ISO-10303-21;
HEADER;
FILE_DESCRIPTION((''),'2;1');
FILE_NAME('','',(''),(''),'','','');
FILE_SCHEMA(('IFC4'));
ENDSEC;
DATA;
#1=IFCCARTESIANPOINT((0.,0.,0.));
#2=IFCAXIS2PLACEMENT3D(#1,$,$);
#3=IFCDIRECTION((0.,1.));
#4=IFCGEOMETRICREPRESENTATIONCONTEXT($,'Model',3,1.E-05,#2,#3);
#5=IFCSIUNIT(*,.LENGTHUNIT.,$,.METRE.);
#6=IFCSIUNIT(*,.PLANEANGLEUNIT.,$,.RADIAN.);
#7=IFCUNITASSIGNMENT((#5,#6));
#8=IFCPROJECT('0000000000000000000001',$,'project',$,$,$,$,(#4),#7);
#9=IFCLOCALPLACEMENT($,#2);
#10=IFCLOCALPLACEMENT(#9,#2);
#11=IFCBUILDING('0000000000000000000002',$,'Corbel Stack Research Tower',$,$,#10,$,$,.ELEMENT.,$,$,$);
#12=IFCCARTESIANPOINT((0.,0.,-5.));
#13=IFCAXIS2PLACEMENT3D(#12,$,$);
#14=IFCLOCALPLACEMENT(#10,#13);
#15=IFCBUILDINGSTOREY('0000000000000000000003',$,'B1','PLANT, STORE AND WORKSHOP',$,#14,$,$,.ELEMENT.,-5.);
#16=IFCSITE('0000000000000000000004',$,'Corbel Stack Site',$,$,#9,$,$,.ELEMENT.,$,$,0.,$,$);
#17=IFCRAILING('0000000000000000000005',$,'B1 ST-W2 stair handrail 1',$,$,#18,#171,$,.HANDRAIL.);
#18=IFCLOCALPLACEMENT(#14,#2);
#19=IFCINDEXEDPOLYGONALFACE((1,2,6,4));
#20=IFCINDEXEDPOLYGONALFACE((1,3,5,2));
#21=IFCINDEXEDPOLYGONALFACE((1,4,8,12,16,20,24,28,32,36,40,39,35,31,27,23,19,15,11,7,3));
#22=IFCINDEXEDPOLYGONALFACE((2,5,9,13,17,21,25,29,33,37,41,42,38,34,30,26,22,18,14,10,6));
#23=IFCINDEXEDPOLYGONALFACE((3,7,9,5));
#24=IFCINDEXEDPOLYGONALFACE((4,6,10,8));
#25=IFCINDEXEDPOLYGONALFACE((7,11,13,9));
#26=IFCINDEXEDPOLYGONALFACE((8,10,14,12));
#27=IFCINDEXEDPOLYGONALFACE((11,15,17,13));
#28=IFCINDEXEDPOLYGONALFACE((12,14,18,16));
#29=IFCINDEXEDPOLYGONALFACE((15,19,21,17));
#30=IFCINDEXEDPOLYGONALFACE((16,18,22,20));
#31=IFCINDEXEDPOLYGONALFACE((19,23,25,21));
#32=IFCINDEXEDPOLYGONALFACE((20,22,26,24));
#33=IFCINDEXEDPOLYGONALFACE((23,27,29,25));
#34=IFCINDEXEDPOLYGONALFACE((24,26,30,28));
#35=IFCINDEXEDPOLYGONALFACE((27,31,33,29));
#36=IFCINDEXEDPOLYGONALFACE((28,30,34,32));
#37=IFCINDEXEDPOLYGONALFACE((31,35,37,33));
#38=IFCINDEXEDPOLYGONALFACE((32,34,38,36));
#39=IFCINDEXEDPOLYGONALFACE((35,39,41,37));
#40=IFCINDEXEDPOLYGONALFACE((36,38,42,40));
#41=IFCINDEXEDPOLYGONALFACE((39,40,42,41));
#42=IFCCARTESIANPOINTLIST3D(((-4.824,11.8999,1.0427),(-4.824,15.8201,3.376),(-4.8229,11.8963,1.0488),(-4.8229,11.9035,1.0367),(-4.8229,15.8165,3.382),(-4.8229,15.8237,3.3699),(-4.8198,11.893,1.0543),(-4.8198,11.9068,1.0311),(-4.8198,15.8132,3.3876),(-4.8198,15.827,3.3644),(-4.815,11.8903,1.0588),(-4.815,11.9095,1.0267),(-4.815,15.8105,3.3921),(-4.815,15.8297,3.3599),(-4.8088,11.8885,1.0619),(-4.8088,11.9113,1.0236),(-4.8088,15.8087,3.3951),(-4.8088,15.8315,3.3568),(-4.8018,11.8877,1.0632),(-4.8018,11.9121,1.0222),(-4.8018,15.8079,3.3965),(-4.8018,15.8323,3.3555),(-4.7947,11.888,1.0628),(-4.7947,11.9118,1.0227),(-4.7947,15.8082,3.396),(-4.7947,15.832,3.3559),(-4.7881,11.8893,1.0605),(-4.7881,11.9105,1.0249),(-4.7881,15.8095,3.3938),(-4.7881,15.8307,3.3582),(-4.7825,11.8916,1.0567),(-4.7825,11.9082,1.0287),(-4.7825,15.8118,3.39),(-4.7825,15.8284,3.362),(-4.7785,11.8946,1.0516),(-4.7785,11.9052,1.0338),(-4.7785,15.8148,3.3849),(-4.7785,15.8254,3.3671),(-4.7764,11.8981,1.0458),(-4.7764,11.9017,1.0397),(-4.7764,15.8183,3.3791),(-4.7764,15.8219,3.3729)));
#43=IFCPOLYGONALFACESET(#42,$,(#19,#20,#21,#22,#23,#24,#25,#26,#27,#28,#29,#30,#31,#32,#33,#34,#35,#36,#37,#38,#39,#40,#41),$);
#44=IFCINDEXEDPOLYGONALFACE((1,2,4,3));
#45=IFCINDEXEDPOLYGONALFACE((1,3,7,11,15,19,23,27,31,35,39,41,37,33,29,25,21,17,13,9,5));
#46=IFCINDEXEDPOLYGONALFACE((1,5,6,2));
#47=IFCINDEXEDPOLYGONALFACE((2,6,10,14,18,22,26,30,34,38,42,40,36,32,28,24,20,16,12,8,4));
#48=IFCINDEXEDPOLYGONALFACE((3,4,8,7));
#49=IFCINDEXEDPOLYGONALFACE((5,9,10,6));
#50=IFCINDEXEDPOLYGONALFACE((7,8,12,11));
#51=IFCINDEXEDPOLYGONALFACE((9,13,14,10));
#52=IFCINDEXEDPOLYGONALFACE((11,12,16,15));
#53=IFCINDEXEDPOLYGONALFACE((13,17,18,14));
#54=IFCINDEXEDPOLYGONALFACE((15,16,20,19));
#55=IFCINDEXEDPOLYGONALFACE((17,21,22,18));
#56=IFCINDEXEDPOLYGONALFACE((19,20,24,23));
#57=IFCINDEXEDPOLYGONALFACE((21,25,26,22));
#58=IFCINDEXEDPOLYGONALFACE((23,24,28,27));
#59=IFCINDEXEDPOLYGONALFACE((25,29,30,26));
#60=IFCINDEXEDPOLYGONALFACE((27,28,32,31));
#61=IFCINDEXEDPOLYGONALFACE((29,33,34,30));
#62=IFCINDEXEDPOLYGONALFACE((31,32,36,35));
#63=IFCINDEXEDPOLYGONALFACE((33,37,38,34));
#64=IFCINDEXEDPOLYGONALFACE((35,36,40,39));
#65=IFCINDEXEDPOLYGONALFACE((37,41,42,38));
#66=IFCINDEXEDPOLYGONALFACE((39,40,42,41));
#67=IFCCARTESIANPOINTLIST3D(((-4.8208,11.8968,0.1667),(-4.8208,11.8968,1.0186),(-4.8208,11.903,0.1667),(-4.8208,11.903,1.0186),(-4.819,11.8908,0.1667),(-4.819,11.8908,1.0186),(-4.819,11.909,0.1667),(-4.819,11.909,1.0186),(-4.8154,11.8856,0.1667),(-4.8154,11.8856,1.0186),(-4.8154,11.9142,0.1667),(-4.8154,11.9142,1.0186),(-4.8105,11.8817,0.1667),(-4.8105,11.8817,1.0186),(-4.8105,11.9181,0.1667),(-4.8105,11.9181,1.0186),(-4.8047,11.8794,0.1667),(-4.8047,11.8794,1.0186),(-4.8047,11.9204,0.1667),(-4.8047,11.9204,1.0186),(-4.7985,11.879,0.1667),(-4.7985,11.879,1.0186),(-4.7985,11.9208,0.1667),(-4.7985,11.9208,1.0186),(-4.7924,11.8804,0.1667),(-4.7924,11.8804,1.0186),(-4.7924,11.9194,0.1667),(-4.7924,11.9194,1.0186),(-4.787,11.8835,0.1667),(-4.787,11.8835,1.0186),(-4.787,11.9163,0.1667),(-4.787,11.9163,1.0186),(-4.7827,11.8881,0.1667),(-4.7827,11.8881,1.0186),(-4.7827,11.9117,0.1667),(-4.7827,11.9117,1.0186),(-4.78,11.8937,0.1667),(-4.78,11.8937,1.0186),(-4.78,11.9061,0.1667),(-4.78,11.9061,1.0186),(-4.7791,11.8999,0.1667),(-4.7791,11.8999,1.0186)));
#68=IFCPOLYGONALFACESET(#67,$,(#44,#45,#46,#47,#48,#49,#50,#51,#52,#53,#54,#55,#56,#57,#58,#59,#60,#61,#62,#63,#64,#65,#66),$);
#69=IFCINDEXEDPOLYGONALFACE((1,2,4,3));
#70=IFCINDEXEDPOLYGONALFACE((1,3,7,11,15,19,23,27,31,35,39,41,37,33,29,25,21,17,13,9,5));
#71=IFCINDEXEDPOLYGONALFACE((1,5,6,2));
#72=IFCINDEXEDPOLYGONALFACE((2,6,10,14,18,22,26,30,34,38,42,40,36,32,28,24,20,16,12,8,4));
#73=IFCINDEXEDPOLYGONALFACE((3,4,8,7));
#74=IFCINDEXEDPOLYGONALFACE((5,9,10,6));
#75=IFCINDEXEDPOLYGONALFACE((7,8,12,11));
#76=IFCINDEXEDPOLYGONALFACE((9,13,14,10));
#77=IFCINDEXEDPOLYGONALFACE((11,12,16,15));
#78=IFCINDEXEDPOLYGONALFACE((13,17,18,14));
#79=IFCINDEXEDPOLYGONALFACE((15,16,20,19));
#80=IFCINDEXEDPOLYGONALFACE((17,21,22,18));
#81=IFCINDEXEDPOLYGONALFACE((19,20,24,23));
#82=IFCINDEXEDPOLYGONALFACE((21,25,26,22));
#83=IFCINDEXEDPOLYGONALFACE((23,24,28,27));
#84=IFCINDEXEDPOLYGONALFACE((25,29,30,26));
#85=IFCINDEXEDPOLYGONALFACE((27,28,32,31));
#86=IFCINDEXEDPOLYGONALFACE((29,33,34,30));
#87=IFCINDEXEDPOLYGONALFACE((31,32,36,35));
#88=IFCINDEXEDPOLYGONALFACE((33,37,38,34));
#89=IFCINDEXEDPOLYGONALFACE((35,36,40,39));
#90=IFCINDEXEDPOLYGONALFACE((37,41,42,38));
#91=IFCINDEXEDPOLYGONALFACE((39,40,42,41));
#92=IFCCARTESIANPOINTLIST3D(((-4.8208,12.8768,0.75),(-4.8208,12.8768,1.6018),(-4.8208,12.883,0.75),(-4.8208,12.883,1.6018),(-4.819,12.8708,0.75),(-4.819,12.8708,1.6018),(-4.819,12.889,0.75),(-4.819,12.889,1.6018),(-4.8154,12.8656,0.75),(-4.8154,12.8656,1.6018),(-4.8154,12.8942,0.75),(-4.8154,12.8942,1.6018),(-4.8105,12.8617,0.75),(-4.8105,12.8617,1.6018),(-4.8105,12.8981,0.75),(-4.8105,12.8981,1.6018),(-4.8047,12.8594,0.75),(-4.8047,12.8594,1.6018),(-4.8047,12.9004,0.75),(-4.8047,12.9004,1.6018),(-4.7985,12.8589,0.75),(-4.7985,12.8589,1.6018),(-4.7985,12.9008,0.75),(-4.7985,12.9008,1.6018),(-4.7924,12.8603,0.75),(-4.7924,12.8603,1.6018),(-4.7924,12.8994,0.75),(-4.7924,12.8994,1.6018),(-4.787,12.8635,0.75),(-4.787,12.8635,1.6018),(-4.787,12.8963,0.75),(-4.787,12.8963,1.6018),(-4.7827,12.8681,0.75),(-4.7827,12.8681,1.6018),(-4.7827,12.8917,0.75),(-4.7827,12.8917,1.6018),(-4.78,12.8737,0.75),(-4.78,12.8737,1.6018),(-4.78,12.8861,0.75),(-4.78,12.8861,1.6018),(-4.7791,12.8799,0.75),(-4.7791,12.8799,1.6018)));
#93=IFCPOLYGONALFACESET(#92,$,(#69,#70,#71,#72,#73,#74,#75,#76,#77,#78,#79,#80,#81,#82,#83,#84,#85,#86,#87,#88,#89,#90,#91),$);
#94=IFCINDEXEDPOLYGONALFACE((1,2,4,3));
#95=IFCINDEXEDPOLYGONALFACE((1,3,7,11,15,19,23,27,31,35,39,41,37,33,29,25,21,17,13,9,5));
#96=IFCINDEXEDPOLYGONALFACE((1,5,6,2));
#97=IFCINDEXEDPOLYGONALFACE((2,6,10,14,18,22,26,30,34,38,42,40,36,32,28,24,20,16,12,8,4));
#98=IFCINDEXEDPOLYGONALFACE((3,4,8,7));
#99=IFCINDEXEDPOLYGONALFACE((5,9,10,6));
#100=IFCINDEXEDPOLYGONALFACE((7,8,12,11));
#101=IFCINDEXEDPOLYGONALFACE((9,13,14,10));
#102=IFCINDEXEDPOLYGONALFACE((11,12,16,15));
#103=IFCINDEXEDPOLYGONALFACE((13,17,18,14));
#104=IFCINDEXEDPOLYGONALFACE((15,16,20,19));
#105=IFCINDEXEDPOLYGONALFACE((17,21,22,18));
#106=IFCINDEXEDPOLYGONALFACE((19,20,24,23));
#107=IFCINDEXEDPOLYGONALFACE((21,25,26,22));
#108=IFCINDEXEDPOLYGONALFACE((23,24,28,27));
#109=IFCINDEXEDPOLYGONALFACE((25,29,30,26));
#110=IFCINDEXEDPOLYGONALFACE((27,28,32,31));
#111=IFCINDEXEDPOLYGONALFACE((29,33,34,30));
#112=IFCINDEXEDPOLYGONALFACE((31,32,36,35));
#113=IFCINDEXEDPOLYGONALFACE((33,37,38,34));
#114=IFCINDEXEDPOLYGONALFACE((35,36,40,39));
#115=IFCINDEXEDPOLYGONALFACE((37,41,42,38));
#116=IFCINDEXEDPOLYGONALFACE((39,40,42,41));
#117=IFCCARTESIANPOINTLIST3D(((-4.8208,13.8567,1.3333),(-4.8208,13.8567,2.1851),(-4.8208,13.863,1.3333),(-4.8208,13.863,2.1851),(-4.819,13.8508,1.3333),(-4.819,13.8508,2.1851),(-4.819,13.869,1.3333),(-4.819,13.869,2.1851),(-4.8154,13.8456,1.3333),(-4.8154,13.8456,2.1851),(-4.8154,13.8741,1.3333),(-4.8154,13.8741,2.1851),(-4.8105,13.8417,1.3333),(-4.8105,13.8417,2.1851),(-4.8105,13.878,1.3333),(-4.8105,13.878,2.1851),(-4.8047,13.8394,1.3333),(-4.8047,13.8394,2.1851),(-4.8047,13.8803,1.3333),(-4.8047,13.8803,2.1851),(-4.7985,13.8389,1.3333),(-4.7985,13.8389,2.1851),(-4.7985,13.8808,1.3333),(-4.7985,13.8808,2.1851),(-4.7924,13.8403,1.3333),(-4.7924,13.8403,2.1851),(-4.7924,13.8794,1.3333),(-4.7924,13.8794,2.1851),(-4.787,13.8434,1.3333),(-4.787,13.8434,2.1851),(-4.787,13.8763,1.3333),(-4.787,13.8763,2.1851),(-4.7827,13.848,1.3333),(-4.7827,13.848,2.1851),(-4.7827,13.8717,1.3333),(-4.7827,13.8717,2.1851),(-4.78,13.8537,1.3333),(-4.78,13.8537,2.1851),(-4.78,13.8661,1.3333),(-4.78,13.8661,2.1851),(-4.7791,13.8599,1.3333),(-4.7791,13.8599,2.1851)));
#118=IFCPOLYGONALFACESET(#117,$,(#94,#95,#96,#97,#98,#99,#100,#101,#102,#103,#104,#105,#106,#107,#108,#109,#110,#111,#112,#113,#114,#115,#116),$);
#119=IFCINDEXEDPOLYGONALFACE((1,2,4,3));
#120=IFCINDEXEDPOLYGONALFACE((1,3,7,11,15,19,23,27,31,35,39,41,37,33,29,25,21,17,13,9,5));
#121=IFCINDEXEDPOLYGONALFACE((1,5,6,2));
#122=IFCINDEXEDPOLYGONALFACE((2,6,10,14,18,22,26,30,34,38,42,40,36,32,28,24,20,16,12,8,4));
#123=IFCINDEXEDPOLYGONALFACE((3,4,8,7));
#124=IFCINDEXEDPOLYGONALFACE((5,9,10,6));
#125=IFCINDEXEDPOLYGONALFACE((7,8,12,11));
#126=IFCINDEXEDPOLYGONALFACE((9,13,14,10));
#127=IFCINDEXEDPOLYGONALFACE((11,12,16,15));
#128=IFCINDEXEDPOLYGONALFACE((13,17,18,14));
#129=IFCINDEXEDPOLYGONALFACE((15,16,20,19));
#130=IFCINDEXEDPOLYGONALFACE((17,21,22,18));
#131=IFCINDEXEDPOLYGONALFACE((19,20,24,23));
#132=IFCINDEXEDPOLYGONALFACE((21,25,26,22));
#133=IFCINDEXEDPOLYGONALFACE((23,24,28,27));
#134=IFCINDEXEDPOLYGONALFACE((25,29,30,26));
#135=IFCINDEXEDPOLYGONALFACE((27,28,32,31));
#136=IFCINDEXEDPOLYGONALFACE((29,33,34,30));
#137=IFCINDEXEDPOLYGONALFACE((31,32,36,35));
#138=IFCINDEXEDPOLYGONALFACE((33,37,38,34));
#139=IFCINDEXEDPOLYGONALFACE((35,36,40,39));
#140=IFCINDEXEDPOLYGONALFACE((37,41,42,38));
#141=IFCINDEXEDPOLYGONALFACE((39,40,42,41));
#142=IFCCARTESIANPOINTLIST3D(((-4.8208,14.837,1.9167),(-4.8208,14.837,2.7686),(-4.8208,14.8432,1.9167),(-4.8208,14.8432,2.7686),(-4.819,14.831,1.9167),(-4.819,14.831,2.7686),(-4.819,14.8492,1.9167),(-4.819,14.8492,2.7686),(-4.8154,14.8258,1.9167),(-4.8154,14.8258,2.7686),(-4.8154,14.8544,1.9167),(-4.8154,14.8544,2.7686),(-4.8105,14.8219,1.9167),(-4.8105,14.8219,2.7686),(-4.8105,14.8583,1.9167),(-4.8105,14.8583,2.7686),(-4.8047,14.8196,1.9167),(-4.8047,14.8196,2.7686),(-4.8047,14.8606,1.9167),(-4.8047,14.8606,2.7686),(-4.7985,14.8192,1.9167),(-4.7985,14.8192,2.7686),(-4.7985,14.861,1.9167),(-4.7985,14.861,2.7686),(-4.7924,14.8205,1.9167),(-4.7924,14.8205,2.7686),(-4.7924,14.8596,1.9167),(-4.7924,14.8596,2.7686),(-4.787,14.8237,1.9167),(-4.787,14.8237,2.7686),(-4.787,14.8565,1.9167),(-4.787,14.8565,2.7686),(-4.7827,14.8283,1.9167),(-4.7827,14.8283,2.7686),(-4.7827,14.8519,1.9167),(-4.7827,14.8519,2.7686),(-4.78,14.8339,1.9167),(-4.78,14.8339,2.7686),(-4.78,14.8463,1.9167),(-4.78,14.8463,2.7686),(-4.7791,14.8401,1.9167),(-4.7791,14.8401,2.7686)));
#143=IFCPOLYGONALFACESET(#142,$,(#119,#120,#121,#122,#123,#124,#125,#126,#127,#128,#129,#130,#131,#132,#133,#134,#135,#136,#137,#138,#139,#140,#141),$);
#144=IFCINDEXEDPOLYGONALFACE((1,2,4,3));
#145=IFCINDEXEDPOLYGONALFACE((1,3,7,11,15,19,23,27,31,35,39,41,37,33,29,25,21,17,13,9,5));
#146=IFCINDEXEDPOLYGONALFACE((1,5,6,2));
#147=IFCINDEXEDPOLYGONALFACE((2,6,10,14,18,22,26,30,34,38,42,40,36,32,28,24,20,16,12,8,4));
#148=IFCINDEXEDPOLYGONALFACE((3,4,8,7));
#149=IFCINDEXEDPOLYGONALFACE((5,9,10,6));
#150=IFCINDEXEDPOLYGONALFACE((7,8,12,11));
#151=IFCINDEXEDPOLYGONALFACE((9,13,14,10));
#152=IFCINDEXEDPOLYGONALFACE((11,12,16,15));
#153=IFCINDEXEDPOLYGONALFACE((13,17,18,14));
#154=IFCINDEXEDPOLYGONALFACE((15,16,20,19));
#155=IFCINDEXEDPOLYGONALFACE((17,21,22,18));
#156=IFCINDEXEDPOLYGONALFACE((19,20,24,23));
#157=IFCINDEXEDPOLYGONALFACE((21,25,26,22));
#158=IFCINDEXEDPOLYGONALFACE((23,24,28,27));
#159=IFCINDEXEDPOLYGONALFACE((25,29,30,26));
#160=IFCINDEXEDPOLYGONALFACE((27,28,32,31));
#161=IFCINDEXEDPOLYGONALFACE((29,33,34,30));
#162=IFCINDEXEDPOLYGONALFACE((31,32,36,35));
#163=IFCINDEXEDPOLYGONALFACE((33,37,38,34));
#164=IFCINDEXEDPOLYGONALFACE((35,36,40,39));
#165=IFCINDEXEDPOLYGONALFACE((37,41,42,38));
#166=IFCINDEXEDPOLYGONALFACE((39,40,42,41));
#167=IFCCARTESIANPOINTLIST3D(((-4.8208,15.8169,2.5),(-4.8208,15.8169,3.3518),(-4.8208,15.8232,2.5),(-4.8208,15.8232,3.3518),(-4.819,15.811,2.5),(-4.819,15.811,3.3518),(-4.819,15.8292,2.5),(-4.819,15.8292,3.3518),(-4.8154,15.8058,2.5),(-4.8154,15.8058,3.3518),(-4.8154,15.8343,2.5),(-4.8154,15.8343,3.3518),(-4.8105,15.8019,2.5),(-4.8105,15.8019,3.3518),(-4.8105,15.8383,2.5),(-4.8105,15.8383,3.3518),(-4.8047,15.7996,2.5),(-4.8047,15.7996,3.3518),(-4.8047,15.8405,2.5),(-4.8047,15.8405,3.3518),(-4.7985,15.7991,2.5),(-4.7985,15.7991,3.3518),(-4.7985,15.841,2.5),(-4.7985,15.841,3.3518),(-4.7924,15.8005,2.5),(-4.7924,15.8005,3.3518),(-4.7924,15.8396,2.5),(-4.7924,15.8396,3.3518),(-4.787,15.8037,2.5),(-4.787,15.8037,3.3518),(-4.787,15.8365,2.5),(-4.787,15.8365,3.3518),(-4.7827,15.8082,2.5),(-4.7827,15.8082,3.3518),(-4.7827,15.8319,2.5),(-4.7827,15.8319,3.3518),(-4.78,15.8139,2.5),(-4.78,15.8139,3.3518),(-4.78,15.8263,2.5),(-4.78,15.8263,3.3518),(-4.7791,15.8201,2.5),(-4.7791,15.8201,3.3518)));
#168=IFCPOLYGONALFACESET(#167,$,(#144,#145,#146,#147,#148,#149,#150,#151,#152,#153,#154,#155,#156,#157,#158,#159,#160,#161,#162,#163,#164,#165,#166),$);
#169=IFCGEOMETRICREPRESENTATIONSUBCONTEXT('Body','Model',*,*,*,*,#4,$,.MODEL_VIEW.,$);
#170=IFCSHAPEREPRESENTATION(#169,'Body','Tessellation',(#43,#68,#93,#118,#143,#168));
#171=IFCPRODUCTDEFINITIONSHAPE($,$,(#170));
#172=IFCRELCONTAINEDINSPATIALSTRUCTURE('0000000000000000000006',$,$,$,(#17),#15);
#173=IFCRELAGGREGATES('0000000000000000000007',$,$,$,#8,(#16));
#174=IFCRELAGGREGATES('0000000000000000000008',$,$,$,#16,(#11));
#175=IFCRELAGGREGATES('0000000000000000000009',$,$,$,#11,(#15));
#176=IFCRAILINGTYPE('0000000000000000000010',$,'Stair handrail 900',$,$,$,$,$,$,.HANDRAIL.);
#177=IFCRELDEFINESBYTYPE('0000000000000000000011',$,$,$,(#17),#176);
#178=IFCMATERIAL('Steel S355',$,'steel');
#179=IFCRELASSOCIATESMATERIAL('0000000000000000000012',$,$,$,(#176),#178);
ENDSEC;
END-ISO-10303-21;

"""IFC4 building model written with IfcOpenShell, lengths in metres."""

from ifc_helpers import new_model, si_unit, direction, frame, origin, origin_2d, place, context, subcontext, project, spatial, circle, extrude, material, type_object, element, save


model = new_model("IFC4")

# Units and contexts
model_context = context("Model", 3, precision=1e-05, world=origin(), true_north=direction((0.0, 1.0)))
body_context = subcontext(model_context, "Body", "Model", "MODEL_VIEW")
ifc_project = project(units=[si_unit("LENGTHUNIT", "METRE"), si_unit("PLANEANGLEUNIT", "RADIAN")], contexts=[model_context])

# Site, building, storey
site_placement = place(None, origin())
site = spatial("IfcSite", under=ifc_project, at=site_placement, Name="Corbel Stack Site", CompositionType="ELEMENT", RefElevation=0.0)
building_placement = place(site_placement, origin())
building = spatial("IfcBuilding", under=site, at=building_placement, Name="Corbel Stack Research Tower", CompositionType="ELEMENT")
storey_placement = place(building_placement, frame((0.0, 0.0, -5.0)))
storey = spatial("IfcBuildingStorey", under=building, at=storey_placement, Name="B1", Description="PLANT, STORE AND WORKSHOP", CompositionType="ELEMENT", Elevation=-5.0)

# Railing
ifc_material_1 = material(Name="Steel S355", Category="steel")
railing_type_1 = type_object("IfcRailingType", Name="Stair handrail 900", PredefinedType="HANDRAIL", material=ifc_material_1)
railing_1_placement = place(storey_placement, frame((-4.8, 11.8999, 0.1667)))
element("IfcRailing", 1, at=railing_1_placement, inside=storey, type_object=railing_type_1, Name="B1 ST-W2 stair handrail 1", PredefinedType="HANDRAIL", context=body_context, shape_type="SweptSolid", body=[
    extrude(circle(Radius=0.0239, at=origin_2d()), frame((0.0, 0.0, 0.876), z_axis=(0.0, 0.85931, 0.511455), x_axis=(-1.0, 0.0, 0.0)), (0.0, 0.0, 1.0), 4.562),
    extrude(circle(Radius=0.021, at=origin_2d()), origin(), (0.0, 0.0, 1.0), 0.8518),
    extrude(circle(Radius=0.021, at=origin_2d()), frame((0.0, 0.98, 0.5833)), (0.0, 0.0, 1.0), 0.8518),
    extrude(circle(Radius=0.021, at=origin_2d()), frame((0.0, 1.96, 1.1665)), (0.0, 0.0, 1.0), 0.8518),
    extrude(circle(Radius=0.021, at=origin_2d()), frame((0.0, 2.9402, 1.75)), (0.0, 0.0, 1.0), 0.8518),
    extrude(circle(Radius=0.021, at=origin_2d()), frame((0.0, 3.9202, 2.3333)), (0.0, 0.0, 1.0), 0.8518),
])

save(model, "model.ifc")
